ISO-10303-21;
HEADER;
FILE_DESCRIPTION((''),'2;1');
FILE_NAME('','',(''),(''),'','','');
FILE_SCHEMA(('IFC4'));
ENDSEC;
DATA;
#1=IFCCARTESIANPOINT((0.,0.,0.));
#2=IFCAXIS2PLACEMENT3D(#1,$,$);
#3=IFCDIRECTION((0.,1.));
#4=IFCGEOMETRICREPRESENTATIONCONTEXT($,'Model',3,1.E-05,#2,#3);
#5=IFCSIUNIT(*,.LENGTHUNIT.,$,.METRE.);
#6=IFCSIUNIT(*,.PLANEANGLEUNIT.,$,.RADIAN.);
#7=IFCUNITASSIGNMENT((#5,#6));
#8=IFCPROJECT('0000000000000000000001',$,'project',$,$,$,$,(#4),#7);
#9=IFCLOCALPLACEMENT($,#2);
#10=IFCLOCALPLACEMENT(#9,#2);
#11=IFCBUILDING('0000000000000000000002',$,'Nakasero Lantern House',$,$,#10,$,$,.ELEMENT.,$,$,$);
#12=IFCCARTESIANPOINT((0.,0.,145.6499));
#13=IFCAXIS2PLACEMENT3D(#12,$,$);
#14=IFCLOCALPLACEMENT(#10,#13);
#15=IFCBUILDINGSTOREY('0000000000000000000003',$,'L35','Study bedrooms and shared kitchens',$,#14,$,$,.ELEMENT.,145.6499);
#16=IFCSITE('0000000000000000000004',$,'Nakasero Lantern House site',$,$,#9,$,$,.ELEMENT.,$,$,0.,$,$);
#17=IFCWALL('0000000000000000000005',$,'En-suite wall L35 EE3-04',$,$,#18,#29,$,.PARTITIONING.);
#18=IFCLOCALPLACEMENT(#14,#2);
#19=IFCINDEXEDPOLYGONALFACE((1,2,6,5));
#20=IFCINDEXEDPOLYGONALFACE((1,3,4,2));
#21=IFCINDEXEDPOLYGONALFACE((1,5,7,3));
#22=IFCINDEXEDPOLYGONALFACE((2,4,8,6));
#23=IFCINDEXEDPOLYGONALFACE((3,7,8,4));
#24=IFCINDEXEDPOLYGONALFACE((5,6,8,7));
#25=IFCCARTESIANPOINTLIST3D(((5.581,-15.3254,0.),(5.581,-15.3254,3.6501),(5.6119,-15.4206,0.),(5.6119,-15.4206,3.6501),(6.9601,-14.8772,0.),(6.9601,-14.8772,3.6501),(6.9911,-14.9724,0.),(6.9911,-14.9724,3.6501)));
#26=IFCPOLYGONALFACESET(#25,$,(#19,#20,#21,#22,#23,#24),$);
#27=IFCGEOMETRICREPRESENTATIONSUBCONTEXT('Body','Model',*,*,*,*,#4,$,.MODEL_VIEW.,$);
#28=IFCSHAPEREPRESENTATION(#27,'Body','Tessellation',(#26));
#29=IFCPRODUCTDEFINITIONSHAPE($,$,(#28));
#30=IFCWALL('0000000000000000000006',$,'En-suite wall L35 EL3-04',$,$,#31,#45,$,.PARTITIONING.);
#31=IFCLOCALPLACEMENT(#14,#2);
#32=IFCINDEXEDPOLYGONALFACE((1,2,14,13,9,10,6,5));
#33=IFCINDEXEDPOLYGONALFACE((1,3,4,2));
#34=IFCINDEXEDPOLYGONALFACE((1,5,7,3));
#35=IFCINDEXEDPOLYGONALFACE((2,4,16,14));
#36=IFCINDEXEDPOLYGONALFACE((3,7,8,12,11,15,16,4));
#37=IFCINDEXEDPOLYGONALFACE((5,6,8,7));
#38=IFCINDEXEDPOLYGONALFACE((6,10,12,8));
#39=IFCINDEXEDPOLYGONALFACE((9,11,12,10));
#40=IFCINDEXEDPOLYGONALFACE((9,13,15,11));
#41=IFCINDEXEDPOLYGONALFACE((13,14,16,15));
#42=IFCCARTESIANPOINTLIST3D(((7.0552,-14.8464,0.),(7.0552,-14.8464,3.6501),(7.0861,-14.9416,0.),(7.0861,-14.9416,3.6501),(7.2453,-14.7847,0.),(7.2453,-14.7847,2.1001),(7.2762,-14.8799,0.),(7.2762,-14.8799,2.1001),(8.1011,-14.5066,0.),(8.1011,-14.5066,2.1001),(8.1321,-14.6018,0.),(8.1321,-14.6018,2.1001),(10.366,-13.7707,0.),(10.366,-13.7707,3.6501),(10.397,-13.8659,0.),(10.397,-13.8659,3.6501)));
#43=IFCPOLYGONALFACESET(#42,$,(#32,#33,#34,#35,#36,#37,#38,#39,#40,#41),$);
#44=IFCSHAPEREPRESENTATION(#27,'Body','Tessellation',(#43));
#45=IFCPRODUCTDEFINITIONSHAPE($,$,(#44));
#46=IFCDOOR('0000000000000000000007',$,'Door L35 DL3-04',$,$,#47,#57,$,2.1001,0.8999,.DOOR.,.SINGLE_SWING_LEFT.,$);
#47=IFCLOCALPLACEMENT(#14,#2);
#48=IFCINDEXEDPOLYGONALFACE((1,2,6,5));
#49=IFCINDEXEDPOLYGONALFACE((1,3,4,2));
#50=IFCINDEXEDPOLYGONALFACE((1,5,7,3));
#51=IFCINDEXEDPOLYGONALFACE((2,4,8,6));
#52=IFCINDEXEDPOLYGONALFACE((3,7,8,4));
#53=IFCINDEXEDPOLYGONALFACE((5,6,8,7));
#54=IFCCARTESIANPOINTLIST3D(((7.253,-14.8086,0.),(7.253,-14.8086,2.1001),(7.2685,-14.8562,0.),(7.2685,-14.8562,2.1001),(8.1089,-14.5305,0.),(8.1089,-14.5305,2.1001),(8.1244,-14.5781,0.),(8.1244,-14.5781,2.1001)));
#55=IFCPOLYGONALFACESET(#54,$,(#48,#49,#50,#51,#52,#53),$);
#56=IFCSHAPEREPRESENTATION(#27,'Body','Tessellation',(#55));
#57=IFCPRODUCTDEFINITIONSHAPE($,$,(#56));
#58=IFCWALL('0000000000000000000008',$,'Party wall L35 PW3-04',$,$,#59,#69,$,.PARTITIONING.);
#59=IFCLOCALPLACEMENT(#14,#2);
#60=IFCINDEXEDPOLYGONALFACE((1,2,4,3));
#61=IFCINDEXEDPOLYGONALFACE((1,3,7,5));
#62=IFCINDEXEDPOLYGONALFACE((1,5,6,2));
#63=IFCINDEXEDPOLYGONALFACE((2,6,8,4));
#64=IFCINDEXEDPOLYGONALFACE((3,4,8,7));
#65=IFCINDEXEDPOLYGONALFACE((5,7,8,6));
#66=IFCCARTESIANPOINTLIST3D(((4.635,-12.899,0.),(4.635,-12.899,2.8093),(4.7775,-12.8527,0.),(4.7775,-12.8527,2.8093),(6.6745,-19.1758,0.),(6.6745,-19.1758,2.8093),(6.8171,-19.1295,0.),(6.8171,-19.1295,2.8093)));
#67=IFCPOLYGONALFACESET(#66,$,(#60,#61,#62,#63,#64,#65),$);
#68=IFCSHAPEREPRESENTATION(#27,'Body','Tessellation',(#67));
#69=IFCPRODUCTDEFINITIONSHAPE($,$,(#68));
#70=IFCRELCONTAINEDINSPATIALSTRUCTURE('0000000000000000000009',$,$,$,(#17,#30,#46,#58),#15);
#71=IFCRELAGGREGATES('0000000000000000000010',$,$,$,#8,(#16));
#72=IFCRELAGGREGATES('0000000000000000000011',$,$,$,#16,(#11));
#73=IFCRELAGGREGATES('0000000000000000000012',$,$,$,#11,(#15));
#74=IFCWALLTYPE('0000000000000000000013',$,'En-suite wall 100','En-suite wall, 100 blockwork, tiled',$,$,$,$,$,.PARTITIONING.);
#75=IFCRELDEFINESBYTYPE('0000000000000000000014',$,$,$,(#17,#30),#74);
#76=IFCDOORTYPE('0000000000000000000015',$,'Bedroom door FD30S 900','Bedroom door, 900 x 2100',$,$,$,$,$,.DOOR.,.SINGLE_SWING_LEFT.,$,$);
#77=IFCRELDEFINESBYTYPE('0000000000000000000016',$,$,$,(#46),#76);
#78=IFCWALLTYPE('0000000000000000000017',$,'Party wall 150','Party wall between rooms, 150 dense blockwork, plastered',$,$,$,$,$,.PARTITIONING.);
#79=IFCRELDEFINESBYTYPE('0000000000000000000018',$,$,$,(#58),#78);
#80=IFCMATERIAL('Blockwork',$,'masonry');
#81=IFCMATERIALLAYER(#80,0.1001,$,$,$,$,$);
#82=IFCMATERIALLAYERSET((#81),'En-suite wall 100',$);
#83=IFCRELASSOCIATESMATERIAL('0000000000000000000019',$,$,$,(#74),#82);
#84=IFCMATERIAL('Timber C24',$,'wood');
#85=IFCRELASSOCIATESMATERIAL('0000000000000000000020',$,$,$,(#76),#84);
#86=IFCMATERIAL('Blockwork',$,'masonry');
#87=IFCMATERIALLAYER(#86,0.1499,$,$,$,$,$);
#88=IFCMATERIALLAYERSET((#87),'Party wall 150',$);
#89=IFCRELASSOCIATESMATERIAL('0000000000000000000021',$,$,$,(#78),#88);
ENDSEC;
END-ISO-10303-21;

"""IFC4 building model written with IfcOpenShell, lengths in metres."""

from ifc_helpers import new_model, si_unit, direction, frame, frame_2d, origin, place, context, subcontext, project, spatial, rectangle, extrude, material, layer, layer_set, type_object, element, fill, save


model = new_model("IFC4")

# Units and contexts
model_context = context("Model", 3, precision=1e-05, world=origin(), true_north=direction((0.0, 1.0)))
body_context = subcontext(model_context, "Body", "Model", "MODEL_VIEW")
ifc_project = project(units=[si_unit("LENGTHUNIT", "METRE"), si_unit("PLANEANGLEUNIT", "RADIAN")], contexts=[model_context])

# Site, building, storey
site_placement = place(None, origin())
site = spatial("IfcSite", under=ifc_project, at=site_placement, Name="Nakasero Lantern House site", CompositionType="ELEMENT", RefElevation=0.0)
building_placement = place(site_placement, origin())
building = spatial("IfcBuilding", under=site, at=building_placement, Name="Nakasero Lantern House", CompositionType="ELEMENT")
storey_placement = place(building_placement, frame((0.0, 0.0, 145.6499)))
storey = spatial("IfcBuildingStorey", under=building, at=storey_placement, Name="L35", Description="Study bedrooms and shared kitchens", CompositionType="ELEMENT", Elevation=145.6499)

# Shared definitions
ifc_material_1 = material(Name="Blockwork", Category="masonry")
ifc_layer_1 = layer(ifc_material_1, 0.1001)
ifc_layer_set_1 = layer_set([ifc_layer_1], Name="En-suite wall 100")
wall_type_1 = type_object("IfcWallType", Name="En-suite wall 100", Description="En-suite wall, 100 blockwork, tiled", PredefinedType="PARTITIONING", material=ifc_layer_set_1)

# Wall
wall_1_placement = place(storey_placement, frame((5.5964, -15.373, 0.0), z_axis=(0.0, 0.0, 1.0), x_axis=(0.95103, 0.309097, 0.0)))
element("IfcWall", 1, at=wall_1_placement, inside=storey, type_object=wall_type_1, Name="En-suite wall L35 EE3-04", PredefinedType="PARTITIONING", context=body_context, shape_type="SweptSolid", body=[
    extrude(rectangle(XDim=1.4502, YDim=0.1001, at=frame_2d((0.7251, 0.0))), origin(), (0.0, 0.0, 1.0), 3.6501),
])

# Wall, opening, door
wall_2_placement = place(storey_placement, frame((7.0706, -14.894, 0.0), z_axis=(0.0, 0.0, 1.0), x_axis=(0.951061, 0.309002, 0.0)))
wall_2 = element("IfcWall", 2, at=wall_2_placement, inside=storey, type_object=wall_type_1, Name="En-suite wall L35 EL3-04", PredefinedType="PARTITIONING", context=body_context, shape_type="SweptSolid", body=[
    extrude(rectangle(XDim=3.4812, YDim=0.1001, at=frame_2d((1.7407, 0.0))), origin(), (0.0, 0.0, 1.0), 3.6501),
])
opening_1_placement = place(wall_2_placement, frame((0.2, 0.0, 0.0)))
opening_1 = element("IfcOpeningElement", 3, at=opening_1_placement, cuts=wall_2, PredefinedType="OPENING", context=body_context, shape_type="SweptSolid", body=[
    extrude(rectangle(XDim=0.8999, YDim=2.1001, at=frame_2d((0.45, 1.05))), frame((0.0, 0.0701, 0.0), z_axis=(0.0, -1.0, 0.0), x_axis=(1.0, 0.0, 0.0)), (0.0, 0.0, 1.0), 0.1401),
])
ifc_material_2 = material(Name="Timber C24", Category="wood")
door_type_1 = type_object("IfcDoorType", Name="Bedroom door FD30S 900", Description="Bedroom door, 900 x 2100", OperationType="SINGLE_SWING_LEFT", PredefinedType="DOOR", material=ifc_material_2)
door_1_placement = place(opening_1_placement, origin())
door_1 = element("IfcDoor", 4, at=door_1_placement, inside=storey, type_object=door_type_1, Name="Door L35 DL3-04", OperationType="SINGLE_SWING_LEFT", OverallHeight=2.1001, OverallWidth=0.8999, PredefinedType="DOOR", context=body_context, shape_type="SweptSolid", body=[
    extrude(rectangle(XDim=0.8999, YDim=2.1001, at=frame_2d((0.45, 1.05))), frame((0.0, 0.0249, 0.0), z_axis=(0.0, -1.0, 0.0), x_axis=(1.0, 0.0, 0.0)), (0.0, 0.0, 1.0), 0.05),
])
fill(opening_1, door_1)

# Wall
ifc_material_3 = material(Name="Blockwork", Category="masonry")
ifc_layer_2 = layer(ifc_material_3, 0.1499)
ifc_layer_set_2 = layer_set([ifc_layer_2], Name="Party wall 150")
wall_type_2 = type_object("IfcWallType", Name="Party wall 150", Description="Party wall between rooms, 150 dense blockwork, plastered", PredefinedType="PARTITIONING", material=ifc_layer_set_2)
wall_3_placement = place(storey_placement, frame((4.7063, -12.876, 0.0), z_axis=(0.0, 0.0, 1.0), x_axis=(0.309028, -0.951053, 0.0)))
element("IfcWall", 5, at=wall_3_placement, inside=storey, type_object=wall_type_2, Name="Party wall L35 PW3-04", PredefinedType="PARTITIONING", context=body_context, shape_type="SweptSolid", body=[
    extrude(rectangle(XDim=6.5999, YDim=0.1499, at=frame_2d((3.2998, 0.0))), origin(), (0.0, 0.0, 1.0), 2.8093),
])

save(model, "model.ifc")
